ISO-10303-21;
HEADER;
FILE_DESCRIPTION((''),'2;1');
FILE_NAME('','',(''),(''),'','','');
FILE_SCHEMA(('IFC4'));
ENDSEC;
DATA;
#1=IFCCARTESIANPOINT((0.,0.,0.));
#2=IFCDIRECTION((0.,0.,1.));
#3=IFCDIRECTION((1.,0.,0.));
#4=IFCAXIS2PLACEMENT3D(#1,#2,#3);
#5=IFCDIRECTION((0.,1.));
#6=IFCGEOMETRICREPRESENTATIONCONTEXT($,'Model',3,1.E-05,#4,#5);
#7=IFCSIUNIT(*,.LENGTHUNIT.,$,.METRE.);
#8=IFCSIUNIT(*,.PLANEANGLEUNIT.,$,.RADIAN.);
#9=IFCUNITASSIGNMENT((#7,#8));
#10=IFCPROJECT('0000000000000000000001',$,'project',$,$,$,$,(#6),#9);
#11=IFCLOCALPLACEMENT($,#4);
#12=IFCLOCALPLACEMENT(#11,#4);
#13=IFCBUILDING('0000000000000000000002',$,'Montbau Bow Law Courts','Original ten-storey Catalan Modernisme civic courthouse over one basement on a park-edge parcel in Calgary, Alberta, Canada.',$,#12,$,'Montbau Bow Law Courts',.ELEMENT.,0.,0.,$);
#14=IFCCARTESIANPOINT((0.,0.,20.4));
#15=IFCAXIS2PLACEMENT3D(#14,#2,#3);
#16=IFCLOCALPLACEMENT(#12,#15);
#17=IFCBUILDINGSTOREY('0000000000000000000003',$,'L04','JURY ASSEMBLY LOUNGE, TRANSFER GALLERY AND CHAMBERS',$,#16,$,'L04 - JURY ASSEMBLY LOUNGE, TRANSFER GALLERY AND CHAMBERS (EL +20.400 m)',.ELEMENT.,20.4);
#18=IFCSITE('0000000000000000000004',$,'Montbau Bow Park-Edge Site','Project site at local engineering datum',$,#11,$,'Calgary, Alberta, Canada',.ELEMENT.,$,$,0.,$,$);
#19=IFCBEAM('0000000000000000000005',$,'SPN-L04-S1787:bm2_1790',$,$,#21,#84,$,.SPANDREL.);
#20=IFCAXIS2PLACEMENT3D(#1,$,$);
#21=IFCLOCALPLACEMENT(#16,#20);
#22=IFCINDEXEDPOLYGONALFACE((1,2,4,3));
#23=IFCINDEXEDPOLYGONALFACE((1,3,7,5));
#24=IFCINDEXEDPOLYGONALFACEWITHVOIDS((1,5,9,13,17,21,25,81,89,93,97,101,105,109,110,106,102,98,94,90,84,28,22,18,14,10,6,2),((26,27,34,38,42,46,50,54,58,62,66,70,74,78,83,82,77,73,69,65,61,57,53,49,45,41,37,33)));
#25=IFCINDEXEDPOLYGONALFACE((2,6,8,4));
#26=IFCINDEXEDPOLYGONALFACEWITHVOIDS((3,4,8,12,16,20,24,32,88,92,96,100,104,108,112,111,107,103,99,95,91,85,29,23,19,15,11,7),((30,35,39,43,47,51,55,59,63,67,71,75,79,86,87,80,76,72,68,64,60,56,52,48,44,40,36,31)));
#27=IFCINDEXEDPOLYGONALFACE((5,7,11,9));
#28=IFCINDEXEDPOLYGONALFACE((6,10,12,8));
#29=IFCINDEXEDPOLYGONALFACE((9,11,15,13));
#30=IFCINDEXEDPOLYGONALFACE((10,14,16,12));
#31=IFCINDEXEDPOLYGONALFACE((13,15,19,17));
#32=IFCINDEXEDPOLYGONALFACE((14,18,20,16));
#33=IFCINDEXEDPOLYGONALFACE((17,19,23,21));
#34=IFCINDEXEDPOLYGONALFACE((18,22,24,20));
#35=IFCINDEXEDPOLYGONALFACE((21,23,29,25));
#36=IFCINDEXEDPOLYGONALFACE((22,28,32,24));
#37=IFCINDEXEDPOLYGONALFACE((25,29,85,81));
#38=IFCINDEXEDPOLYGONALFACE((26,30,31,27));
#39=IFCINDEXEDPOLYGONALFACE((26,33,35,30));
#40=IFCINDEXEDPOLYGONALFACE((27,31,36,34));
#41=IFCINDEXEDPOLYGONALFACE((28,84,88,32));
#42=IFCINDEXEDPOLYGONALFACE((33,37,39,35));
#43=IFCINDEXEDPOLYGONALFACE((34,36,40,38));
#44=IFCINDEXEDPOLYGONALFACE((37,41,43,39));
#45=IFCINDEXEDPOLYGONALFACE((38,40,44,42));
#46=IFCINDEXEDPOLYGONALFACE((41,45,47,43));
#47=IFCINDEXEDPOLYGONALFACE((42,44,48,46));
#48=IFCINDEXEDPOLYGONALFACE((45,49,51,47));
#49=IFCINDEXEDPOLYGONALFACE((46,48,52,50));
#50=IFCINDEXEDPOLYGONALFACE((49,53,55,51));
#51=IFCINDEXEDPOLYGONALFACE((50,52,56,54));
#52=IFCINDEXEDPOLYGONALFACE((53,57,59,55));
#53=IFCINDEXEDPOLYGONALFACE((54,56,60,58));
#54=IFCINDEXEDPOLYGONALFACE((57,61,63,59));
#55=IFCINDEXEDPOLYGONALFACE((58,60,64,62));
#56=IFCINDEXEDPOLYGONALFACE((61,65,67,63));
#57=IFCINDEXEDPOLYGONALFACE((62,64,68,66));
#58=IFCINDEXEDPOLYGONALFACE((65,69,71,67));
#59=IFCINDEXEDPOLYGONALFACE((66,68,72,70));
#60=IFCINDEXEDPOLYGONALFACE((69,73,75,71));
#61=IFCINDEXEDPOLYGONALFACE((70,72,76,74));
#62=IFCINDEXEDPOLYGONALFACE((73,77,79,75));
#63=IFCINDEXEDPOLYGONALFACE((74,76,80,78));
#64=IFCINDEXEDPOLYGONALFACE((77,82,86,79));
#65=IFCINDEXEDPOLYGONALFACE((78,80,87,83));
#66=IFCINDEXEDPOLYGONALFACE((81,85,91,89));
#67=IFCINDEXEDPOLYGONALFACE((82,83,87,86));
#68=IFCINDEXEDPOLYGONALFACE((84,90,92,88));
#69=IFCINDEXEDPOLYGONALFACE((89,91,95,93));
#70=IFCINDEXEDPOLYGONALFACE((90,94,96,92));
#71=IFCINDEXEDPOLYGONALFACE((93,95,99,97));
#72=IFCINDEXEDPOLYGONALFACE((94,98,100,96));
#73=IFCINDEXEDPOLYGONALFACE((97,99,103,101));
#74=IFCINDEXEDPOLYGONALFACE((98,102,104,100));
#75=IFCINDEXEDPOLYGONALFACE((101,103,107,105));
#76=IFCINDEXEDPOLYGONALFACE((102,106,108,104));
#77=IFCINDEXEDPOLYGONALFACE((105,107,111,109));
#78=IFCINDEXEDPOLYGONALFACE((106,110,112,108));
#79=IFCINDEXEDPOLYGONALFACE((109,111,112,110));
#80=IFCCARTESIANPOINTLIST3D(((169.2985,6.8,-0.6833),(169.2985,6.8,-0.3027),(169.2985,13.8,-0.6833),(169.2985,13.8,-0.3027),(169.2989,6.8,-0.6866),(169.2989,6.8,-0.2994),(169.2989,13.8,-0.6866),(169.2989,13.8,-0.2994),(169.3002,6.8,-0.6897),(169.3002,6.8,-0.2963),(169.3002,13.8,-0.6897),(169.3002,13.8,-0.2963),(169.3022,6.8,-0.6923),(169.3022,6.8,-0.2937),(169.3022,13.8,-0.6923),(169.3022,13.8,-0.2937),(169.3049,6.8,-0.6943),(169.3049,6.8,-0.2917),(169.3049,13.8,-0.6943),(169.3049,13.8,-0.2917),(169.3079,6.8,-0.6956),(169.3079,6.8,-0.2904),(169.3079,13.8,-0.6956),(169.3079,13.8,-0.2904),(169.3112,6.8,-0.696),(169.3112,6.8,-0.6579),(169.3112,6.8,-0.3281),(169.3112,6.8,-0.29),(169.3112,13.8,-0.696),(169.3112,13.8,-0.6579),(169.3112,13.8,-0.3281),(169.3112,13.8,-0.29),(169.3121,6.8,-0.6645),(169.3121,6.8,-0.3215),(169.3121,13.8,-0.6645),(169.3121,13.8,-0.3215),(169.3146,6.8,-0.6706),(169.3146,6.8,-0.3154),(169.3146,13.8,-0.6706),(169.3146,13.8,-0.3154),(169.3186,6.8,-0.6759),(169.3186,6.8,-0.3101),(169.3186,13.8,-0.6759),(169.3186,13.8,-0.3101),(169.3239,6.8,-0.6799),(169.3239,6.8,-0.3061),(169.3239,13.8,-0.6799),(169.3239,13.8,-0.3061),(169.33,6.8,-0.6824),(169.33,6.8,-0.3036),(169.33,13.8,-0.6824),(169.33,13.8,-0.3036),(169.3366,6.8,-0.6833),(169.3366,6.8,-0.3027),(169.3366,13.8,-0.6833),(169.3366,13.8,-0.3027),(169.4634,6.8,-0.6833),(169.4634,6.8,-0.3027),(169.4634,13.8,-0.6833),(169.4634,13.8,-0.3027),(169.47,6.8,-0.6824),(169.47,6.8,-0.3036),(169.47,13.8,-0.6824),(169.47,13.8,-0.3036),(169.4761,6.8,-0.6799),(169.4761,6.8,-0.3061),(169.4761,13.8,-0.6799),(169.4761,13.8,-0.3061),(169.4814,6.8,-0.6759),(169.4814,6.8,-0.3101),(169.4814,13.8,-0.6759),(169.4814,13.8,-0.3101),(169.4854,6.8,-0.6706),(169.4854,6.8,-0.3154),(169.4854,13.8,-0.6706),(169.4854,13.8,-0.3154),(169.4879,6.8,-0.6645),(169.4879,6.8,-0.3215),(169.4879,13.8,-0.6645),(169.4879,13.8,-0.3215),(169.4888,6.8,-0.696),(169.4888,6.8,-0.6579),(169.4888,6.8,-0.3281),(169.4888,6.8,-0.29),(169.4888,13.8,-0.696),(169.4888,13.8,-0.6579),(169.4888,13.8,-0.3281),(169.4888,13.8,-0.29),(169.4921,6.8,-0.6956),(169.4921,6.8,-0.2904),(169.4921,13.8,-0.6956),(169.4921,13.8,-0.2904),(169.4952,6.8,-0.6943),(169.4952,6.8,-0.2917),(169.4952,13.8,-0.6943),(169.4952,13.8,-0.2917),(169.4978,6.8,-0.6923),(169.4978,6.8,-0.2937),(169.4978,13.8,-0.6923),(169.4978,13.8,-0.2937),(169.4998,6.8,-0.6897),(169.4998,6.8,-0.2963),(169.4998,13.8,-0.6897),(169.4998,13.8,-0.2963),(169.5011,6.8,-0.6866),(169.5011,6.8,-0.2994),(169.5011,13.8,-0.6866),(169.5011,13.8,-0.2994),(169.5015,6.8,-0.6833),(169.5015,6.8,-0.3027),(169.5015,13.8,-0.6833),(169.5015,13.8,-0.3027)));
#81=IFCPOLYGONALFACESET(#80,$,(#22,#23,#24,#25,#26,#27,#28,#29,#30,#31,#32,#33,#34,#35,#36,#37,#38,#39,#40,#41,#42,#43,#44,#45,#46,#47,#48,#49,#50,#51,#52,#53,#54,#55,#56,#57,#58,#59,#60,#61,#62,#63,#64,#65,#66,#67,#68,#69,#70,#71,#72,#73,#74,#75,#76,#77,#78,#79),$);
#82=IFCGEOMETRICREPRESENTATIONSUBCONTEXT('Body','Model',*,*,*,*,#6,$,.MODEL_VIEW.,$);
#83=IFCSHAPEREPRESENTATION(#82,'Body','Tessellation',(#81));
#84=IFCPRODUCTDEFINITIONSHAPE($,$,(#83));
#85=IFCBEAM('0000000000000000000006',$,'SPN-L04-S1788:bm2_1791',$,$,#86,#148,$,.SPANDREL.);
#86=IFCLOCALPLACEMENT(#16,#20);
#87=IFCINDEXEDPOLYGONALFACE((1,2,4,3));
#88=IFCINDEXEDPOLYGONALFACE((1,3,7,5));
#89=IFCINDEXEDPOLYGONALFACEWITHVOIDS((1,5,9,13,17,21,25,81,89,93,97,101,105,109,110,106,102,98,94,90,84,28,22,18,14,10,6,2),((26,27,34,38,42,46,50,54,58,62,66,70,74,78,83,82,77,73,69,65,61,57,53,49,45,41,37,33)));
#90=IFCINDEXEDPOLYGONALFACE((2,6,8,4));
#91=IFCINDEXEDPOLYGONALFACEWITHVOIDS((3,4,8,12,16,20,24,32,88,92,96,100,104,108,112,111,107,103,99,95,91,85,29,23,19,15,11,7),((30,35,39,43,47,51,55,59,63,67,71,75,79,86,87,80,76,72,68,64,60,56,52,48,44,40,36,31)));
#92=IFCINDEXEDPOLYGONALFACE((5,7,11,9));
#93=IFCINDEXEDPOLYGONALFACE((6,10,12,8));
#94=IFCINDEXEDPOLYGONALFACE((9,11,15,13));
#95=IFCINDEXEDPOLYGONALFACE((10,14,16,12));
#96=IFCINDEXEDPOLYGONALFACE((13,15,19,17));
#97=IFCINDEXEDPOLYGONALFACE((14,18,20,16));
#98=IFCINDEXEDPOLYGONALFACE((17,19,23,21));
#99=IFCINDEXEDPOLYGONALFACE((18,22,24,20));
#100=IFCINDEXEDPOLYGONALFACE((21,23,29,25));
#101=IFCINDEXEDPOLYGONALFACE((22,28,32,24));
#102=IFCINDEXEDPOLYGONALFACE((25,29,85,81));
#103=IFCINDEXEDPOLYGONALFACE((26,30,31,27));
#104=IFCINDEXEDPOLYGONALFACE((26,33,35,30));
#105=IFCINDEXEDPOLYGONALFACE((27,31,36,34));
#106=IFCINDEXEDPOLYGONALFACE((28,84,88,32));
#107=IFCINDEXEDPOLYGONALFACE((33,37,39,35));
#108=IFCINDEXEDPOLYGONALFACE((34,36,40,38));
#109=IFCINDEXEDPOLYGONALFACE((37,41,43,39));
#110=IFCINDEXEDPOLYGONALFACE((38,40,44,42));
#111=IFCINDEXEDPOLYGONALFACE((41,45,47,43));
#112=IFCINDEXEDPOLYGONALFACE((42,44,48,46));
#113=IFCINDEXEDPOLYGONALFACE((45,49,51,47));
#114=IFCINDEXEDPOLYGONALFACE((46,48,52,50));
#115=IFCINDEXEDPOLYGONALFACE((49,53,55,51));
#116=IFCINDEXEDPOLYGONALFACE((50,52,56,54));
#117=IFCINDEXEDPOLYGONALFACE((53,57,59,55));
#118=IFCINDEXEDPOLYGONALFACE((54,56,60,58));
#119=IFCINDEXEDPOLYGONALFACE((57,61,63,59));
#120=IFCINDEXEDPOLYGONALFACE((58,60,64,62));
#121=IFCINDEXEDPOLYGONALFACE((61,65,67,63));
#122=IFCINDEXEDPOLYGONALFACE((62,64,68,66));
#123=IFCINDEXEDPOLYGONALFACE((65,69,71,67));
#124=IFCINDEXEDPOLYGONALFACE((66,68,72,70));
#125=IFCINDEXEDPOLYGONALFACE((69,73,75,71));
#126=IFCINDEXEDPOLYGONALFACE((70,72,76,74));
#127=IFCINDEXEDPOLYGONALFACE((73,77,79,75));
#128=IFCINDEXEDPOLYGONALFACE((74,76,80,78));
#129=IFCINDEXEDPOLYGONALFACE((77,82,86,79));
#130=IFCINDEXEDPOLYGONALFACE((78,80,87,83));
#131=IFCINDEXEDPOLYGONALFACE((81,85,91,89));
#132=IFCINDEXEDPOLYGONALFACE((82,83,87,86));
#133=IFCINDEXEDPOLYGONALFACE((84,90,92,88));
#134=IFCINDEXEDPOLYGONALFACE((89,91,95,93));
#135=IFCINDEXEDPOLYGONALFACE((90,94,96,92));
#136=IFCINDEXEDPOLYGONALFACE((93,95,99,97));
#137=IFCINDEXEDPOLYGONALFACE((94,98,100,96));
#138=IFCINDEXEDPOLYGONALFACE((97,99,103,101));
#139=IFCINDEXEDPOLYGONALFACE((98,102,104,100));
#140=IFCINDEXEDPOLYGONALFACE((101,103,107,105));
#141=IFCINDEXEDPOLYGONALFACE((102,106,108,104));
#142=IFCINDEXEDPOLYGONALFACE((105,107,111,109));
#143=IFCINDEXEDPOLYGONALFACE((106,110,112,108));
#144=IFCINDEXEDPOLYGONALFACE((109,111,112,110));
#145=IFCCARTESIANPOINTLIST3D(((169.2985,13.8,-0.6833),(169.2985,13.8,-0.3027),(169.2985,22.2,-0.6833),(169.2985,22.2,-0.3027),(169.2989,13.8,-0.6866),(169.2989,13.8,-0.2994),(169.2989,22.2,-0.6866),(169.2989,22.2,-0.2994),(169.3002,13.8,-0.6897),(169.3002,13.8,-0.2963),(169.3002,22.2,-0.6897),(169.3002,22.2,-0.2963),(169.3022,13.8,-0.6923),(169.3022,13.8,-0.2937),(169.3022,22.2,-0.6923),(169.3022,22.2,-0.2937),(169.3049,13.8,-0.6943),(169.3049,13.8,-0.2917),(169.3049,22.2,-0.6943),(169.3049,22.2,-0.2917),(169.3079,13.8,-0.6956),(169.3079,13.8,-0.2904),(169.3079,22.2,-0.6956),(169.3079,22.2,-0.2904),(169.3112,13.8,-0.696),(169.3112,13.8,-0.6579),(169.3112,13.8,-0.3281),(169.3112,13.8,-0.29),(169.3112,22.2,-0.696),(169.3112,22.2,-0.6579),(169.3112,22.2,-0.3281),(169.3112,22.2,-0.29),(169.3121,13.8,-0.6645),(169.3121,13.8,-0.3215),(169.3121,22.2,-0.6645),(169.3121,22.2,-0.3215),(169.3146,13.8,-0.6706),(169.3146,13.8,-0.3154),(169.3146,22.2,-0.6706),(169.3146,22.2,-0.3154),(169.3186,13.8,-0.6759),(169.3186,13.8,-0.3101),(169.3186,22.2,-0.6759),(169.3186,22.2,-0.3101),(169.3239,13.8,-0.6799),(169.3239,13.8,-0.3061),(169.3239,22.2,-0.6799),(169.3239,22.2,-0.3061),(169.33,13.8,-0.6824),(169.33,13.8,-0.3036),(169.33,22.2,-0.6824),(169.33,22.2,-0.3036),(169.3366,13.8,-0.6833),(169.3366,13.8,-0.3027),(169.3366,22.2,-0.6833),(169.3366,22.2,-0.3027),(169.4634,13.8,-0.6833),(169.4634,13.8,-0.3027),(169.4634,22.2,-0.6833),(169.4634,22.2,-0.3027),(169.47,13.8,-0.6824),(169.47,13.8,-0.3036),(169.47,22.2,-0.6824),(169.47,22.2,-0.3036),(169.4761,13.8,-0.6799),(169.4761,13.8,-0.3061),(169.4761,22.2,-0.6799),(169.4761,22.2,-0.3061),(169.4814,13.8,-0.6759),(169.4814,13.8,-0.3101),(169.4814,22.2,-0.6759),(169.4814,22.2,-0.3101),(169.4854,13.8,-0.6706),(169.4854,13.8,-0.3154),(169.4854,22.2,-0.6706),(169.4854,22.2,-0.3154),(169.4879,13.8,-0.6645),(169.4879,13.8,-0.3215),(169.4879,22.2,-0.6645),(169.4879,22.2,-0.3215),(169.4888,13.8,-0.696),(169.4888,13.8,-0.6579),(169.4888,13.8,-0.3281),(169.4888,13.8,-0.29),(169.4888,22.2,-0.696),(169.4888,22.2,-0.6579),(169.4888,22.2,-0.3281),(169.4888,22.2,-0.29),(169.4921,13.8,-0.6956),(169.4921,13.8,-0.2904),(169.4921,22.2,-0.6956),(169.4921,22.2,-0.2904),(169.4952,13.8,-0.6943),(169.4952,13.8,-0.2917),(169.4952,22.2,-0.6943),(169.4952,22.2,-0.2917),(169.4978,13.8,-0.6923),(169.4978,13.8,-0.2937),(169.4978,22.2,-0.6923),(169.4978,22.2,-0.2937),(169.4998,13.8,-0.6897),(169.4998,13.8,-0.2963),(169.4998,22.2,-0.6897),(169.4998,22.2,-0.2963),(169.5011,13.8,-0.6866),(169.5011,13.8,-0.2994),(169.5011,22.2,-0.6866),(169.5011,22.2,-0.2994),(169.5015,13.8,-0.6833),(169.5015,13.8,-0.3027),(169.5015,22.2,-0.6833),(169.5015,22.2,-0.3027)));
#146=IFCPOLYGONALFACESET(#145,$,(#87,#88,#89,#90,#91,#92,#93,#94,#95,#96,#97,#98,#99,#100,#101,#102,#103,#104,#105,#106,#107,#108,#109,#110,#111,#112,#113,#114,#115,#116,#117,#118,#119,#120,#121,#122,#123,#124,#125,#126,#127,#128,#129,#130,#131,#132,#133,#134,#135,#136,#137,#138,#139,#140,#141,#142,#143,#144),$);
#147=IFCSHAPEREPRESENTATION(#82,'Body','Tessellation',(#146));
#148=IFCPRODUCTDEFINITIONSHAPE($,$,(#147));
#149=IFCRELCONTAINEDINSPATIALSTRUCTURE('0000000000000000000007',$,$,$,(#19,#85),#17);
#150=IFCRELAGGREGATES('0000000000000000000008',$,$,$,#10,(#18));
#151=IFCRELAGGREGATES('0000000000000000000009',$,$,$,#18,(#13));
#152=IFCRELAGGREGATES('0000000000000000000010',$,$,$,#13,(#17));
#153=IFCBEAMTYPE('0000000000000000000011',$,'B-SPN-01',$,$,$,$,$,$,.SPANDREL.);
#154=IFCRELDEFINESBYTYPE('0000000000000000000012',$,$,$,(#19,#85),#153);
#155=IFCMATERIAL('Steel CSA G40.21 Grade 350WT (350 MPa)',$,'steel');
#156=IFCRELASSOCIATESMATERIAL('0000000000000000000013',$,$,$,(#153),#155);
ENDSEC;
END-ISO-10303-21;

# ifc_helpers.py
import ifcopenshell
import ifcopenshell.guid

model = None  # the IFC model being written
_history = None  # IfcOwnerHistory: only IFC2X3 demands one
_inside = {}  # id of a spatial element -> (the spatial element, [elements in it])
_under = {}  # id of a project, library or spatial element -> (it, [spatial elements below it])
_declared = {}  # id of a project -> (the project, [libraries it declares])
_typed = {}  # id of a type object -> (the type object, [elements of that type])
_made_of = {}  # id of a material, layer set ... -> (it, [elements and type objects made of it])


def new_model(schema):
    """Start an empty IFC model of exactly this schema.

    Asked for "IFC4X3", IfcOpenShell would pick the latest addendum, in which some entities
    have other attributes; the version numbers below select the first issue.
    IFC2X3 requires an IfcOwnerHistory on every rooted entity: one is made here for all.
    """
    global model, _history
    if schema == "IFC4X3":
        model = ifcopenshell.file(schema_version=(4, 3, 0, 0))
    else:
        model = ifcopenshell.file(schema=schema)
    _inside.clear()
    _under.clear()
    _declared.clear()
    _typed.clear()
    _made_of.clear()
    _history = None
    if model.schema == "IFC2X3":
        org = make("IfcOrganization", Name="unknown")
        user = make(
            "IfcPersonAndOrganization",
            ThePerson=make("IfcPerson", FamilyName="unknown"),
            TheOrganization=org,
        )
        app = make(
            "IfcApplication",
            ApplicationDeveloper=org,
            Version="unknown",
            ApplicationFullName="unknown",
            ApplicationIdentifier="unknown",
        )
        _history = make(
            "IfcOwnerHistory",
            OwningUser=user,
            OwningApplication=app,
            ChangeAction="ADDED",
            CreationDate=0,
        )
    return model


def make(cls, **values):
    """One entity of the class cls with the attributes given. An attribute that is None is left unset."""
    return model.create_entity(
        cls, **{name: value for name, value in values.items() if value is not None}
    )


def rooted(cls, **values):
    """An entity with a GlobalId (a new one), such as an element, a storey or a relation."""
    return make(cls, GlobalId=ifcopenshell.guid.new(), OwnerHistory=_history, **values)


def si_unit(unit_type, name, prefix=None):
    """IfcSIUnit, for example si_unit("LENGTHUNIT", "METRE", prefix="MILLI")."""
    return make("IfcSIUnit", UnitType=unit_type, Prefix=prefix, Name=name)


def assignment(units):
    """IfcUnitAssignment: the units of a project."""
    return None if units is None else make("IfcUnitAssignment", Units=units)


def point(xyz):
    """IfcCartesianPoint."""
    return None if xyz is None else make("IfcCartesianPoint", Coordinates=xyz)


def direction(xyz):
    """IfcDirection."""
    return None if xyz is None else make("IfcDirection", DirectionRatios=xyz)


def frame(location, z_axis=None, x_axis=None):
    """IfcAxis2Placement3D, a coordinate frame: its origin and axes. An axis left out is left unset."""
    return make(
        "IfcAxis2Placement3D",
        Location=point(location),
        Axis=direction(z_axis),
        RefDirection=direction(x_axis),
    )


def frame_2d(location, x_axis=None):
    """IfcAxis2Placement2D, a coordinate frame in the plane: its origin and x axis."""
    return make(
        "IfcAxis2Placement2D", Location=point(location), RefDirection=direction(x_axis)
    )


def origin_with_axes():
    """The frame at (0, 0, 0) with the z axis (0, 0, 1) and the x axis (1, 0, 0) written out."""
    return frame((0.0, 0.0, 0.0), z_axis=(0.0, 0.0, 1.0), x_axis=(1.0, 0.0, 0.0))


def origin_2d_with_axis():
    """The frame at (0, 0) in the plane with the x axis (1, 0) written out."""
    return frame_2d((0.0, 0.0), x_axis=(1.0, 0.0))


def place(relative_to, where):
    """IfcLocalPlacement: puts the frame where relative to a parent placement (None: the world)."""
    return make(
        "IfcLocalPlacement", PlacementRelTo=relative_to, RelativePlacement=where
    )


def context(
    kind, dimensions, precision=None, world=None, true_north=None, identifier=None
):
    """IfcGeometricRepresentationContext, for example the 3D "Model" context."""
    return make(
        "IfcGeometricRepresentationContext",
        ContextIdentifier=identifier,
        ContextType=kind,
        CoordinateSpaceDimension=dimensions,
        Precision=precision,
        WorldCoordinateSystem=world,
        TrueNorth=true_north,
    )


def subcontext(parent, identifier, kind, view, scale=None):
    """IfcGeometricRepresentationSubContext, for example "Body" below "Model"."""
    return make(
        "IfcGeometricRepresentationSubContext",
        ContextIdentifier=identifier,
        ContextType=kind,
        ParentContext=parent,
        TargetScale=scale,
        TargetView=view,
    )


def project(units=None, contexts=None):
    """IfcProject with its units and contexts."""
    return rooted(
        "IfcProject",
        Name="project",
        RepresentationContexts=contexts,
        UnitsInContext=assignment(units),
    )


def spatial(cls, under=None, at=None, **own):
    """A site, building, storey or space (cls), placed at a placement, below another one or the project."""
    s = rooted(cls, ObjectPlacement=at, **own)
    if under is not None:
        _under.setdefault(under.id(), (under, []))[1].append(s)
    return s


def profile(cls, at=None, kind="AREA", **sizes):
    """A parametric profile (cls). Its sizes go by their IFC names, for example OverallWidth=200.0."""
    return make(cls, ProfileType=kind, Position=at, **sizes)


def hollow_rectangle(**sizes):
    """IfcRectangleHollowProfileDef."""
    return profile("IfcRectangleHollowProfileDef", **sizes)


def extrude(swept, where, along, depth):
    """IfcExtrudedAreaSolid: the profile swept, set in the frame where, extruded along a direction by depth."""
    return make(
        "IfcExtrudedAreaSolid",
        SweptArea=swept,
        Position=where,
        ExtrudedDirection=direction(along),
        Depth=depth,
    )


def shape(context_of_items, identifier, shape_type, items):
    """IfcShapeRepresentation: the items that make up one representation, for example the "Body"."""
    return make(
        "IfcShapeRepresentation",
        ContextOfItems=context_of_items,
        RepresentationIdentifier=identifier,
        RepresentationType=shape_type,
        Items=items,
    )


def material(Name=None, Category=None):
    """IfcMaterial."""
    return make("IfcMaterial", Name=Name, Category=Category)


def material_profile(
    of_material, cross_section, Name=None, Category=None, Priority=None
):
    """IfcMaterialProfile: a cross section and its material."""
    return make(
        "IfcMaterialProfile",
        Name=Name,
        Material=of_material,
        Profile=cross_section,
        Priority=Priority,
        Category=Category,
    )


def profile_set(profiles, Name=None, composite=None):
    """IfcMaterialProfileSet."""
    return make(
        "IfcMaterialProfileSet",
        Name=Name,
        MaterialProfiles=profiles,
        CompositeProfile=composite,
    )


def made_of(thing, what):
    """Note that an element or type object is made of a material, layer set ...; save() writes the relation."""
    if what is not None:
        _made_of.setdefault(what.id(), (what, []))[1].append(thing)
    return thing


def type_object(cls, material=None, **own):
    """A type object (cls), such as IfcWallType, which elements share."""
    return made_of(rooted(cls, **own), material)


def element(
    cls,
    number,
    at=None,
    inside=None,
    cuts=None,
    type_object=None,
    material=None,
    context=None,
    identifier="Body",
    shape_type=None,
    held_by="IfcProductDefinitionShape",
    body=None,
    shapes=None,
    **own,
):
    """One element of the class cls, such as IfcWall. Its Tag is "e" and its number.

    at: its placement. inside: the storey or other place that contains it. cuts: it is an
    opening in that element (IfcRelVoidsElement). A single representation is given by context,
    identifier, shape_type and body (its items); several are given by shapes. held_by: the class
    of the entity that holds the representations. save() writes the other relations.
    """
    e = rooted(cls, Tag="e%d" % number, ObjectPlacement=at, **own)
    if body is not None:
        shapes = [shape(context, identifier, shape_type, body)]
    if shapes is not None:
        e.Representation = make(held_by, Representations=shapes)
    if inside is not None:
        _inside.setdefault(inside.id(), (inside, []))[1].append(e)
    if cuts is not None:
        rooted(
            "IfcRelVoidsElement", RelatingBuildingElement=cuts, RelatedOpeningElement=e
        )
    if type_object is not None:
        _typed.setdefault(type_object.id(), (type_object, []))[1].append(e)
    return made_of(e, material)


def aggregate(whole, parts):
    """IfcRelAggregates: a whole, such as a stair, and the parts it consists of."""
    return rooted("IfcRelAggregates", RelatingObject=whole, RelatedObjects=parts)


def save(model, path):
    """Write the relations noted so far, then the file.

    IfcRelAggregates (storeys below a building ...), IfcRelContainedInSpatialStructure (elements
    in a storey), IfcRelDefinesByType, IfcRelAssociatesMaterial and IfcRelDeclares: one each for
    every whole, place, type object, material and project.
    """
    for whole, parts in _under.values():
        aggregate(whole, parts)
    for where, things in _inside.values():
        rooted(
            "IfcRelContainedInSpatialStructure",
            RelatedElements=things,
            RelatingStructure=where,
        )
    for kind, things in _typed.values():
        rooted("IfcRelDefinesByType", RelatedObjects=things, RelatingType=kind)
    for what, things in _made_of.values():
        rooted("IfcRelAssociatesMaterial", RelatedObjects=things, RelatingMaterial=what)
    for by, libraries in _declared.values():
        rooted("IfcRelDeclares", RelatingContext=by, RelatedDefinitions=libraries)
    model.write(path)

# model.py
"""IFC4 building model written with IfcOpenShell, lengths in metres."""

from ifc_helpers import new_model, si_unit, direction, frame, origin_with_axes, origin_2d_with_axis, place, context, subcontext, project, spatial, hollow_rectangle, extrude, material, material_profile, profile_set, type_object, element, save


model = new_model("IFC4")

# Units and contexts
model_context = context("Model", 3, precision=1e-05, world=origin_with_axes(), true_north=direction((0.0, 1.0)))
body_context = subcontext(model_context, "Body", "Model", "MODEL_VIEW")
ifc_project = project(units=[si_unit("LENGTHUNIT", "METRE"), si_unit("PLANEANGLEUNIT", "RADIAN")], contexts=[model_context])

# Site, building, storey
site_placement = place(None, origin_with_axes())
site = spatial("IfcSite", under=ifc_project, at=site_placement, Name="Montbau Bow Park-Edge Site", Description="Project site at local engineering datum", LongName="Calgary, Alberta, Canada", CompositionType="ELEMENT", RefElevation=0.0)
building_placement = place(site_placement, origin_with_axes())
building = spatial("IfcBuilding", under=site, at=building_placement, Name="Montbau Bow Law Courts", Description="Original ten-storey Catalan Modernisme civic courthouse over one basement on a park-edge parcel in Calgary, Alberta, Canada.", LongName="Montbau Bow Law Courts", CompositionType="ELEMENT", ElevationOfRefHeight=0.0, ElevationOfTerrain=0.0)
storey_placement = place(building_placement, frame((0.0, 0.0, 20.4), z_axis=(0.0, 0.0, 1.0), x_axis=(1.0, 0.0, 0.0)))
storey = spatial("IfcBuildingStorey", under=building, at=storey_placement, Name="L04", Description="JURY ASSEMBLY LOUNGE, TRANSFER GALLERY AND CHAMBERS", LongName="L04 - JURY ASSEMBLY LOUNGE, TRANSFER GALLERY AND CHAMBERS (EL +20.400 m)", CompositionType="ELEMENT", Elevation=20.4)

# Beams
ifc_material_1 = material(Name="Steel CSA G40.21 Grade 350WT (350 MPa)", Category="steel")
ifc_material_profile_1 = material_profile(ifc_material_1, hollow_rectangle(XDim=0.203, YDim=0.406, WallThickness=0.0127, InnerFilletRadius=0.0254, OuterFilletRadius=0.0127, at=origin_2d_with_axis()), Name="HSS406X203X13", Category="Main", Priority=0)
ifc_profile_set_1 = profile_set([ifc_material_profile_1], Name="Steel CSA G40.21 Grade 350WT (350 MPa)")
beam_type_1 = type_object("IfcBeamType", Name="B-SPN-01", PredefinedType="SPANDREL", material=ifc_profile_set_1)
beam_1_placement = place(None, frame((169.4, 6.8, 19.907), z_axis=(0.0, 1.0, 0.0), x_axis=(-1.0, 0.0, 0.0)))
element("IfcBeam", 1, at=beam_1_placement, inside=storey, type_object=beam_type_1, Name="SPN-L04-S1787:bm2_1790", PredefinedType="SPANDREL", context=body_context, shape_type="SweptSolid", body=[
    extrude(hollow_rectangle(XDim=0.203, YDim=0.406, WallThickness=0.0127, InnerFilletRadius=0.0254, OuterFilletRadius=0.0127, at=origin_2d_with_axis()), origin_with_axes(), (0.0, 0.0, 1.0), 7.0),
])
for number, where, z_axis, x_axis, name in (
    (2, (169.4, 13.8, 19.907), (0.0, 1.0, 0.0), (-1.0, 0.0, 0.0), "SPN-L04-S1788:bm2_1791"),
):
    element("IfcBeam", number, at=place(None, frame(where, z_axis=z_axis, x_axis=x_axis)), inside=storey, type_object=beam_type_1, Name=name, PredefinedType="SPANDREL", context=body_context, shape_type="SweptSolid", body=[
        extrude(hollow_rectangle(XDim=0.203, YDim=0.406, WallThickness=0.0127, InnerFilletRadius=0.0254, OuterFilletRadius=0.0127, at=origin_2d_with_axis()), origin_with_axes(), (0.0, 0.0, 1.0), 8.4),
    ])

save(model, "model.ifc")
